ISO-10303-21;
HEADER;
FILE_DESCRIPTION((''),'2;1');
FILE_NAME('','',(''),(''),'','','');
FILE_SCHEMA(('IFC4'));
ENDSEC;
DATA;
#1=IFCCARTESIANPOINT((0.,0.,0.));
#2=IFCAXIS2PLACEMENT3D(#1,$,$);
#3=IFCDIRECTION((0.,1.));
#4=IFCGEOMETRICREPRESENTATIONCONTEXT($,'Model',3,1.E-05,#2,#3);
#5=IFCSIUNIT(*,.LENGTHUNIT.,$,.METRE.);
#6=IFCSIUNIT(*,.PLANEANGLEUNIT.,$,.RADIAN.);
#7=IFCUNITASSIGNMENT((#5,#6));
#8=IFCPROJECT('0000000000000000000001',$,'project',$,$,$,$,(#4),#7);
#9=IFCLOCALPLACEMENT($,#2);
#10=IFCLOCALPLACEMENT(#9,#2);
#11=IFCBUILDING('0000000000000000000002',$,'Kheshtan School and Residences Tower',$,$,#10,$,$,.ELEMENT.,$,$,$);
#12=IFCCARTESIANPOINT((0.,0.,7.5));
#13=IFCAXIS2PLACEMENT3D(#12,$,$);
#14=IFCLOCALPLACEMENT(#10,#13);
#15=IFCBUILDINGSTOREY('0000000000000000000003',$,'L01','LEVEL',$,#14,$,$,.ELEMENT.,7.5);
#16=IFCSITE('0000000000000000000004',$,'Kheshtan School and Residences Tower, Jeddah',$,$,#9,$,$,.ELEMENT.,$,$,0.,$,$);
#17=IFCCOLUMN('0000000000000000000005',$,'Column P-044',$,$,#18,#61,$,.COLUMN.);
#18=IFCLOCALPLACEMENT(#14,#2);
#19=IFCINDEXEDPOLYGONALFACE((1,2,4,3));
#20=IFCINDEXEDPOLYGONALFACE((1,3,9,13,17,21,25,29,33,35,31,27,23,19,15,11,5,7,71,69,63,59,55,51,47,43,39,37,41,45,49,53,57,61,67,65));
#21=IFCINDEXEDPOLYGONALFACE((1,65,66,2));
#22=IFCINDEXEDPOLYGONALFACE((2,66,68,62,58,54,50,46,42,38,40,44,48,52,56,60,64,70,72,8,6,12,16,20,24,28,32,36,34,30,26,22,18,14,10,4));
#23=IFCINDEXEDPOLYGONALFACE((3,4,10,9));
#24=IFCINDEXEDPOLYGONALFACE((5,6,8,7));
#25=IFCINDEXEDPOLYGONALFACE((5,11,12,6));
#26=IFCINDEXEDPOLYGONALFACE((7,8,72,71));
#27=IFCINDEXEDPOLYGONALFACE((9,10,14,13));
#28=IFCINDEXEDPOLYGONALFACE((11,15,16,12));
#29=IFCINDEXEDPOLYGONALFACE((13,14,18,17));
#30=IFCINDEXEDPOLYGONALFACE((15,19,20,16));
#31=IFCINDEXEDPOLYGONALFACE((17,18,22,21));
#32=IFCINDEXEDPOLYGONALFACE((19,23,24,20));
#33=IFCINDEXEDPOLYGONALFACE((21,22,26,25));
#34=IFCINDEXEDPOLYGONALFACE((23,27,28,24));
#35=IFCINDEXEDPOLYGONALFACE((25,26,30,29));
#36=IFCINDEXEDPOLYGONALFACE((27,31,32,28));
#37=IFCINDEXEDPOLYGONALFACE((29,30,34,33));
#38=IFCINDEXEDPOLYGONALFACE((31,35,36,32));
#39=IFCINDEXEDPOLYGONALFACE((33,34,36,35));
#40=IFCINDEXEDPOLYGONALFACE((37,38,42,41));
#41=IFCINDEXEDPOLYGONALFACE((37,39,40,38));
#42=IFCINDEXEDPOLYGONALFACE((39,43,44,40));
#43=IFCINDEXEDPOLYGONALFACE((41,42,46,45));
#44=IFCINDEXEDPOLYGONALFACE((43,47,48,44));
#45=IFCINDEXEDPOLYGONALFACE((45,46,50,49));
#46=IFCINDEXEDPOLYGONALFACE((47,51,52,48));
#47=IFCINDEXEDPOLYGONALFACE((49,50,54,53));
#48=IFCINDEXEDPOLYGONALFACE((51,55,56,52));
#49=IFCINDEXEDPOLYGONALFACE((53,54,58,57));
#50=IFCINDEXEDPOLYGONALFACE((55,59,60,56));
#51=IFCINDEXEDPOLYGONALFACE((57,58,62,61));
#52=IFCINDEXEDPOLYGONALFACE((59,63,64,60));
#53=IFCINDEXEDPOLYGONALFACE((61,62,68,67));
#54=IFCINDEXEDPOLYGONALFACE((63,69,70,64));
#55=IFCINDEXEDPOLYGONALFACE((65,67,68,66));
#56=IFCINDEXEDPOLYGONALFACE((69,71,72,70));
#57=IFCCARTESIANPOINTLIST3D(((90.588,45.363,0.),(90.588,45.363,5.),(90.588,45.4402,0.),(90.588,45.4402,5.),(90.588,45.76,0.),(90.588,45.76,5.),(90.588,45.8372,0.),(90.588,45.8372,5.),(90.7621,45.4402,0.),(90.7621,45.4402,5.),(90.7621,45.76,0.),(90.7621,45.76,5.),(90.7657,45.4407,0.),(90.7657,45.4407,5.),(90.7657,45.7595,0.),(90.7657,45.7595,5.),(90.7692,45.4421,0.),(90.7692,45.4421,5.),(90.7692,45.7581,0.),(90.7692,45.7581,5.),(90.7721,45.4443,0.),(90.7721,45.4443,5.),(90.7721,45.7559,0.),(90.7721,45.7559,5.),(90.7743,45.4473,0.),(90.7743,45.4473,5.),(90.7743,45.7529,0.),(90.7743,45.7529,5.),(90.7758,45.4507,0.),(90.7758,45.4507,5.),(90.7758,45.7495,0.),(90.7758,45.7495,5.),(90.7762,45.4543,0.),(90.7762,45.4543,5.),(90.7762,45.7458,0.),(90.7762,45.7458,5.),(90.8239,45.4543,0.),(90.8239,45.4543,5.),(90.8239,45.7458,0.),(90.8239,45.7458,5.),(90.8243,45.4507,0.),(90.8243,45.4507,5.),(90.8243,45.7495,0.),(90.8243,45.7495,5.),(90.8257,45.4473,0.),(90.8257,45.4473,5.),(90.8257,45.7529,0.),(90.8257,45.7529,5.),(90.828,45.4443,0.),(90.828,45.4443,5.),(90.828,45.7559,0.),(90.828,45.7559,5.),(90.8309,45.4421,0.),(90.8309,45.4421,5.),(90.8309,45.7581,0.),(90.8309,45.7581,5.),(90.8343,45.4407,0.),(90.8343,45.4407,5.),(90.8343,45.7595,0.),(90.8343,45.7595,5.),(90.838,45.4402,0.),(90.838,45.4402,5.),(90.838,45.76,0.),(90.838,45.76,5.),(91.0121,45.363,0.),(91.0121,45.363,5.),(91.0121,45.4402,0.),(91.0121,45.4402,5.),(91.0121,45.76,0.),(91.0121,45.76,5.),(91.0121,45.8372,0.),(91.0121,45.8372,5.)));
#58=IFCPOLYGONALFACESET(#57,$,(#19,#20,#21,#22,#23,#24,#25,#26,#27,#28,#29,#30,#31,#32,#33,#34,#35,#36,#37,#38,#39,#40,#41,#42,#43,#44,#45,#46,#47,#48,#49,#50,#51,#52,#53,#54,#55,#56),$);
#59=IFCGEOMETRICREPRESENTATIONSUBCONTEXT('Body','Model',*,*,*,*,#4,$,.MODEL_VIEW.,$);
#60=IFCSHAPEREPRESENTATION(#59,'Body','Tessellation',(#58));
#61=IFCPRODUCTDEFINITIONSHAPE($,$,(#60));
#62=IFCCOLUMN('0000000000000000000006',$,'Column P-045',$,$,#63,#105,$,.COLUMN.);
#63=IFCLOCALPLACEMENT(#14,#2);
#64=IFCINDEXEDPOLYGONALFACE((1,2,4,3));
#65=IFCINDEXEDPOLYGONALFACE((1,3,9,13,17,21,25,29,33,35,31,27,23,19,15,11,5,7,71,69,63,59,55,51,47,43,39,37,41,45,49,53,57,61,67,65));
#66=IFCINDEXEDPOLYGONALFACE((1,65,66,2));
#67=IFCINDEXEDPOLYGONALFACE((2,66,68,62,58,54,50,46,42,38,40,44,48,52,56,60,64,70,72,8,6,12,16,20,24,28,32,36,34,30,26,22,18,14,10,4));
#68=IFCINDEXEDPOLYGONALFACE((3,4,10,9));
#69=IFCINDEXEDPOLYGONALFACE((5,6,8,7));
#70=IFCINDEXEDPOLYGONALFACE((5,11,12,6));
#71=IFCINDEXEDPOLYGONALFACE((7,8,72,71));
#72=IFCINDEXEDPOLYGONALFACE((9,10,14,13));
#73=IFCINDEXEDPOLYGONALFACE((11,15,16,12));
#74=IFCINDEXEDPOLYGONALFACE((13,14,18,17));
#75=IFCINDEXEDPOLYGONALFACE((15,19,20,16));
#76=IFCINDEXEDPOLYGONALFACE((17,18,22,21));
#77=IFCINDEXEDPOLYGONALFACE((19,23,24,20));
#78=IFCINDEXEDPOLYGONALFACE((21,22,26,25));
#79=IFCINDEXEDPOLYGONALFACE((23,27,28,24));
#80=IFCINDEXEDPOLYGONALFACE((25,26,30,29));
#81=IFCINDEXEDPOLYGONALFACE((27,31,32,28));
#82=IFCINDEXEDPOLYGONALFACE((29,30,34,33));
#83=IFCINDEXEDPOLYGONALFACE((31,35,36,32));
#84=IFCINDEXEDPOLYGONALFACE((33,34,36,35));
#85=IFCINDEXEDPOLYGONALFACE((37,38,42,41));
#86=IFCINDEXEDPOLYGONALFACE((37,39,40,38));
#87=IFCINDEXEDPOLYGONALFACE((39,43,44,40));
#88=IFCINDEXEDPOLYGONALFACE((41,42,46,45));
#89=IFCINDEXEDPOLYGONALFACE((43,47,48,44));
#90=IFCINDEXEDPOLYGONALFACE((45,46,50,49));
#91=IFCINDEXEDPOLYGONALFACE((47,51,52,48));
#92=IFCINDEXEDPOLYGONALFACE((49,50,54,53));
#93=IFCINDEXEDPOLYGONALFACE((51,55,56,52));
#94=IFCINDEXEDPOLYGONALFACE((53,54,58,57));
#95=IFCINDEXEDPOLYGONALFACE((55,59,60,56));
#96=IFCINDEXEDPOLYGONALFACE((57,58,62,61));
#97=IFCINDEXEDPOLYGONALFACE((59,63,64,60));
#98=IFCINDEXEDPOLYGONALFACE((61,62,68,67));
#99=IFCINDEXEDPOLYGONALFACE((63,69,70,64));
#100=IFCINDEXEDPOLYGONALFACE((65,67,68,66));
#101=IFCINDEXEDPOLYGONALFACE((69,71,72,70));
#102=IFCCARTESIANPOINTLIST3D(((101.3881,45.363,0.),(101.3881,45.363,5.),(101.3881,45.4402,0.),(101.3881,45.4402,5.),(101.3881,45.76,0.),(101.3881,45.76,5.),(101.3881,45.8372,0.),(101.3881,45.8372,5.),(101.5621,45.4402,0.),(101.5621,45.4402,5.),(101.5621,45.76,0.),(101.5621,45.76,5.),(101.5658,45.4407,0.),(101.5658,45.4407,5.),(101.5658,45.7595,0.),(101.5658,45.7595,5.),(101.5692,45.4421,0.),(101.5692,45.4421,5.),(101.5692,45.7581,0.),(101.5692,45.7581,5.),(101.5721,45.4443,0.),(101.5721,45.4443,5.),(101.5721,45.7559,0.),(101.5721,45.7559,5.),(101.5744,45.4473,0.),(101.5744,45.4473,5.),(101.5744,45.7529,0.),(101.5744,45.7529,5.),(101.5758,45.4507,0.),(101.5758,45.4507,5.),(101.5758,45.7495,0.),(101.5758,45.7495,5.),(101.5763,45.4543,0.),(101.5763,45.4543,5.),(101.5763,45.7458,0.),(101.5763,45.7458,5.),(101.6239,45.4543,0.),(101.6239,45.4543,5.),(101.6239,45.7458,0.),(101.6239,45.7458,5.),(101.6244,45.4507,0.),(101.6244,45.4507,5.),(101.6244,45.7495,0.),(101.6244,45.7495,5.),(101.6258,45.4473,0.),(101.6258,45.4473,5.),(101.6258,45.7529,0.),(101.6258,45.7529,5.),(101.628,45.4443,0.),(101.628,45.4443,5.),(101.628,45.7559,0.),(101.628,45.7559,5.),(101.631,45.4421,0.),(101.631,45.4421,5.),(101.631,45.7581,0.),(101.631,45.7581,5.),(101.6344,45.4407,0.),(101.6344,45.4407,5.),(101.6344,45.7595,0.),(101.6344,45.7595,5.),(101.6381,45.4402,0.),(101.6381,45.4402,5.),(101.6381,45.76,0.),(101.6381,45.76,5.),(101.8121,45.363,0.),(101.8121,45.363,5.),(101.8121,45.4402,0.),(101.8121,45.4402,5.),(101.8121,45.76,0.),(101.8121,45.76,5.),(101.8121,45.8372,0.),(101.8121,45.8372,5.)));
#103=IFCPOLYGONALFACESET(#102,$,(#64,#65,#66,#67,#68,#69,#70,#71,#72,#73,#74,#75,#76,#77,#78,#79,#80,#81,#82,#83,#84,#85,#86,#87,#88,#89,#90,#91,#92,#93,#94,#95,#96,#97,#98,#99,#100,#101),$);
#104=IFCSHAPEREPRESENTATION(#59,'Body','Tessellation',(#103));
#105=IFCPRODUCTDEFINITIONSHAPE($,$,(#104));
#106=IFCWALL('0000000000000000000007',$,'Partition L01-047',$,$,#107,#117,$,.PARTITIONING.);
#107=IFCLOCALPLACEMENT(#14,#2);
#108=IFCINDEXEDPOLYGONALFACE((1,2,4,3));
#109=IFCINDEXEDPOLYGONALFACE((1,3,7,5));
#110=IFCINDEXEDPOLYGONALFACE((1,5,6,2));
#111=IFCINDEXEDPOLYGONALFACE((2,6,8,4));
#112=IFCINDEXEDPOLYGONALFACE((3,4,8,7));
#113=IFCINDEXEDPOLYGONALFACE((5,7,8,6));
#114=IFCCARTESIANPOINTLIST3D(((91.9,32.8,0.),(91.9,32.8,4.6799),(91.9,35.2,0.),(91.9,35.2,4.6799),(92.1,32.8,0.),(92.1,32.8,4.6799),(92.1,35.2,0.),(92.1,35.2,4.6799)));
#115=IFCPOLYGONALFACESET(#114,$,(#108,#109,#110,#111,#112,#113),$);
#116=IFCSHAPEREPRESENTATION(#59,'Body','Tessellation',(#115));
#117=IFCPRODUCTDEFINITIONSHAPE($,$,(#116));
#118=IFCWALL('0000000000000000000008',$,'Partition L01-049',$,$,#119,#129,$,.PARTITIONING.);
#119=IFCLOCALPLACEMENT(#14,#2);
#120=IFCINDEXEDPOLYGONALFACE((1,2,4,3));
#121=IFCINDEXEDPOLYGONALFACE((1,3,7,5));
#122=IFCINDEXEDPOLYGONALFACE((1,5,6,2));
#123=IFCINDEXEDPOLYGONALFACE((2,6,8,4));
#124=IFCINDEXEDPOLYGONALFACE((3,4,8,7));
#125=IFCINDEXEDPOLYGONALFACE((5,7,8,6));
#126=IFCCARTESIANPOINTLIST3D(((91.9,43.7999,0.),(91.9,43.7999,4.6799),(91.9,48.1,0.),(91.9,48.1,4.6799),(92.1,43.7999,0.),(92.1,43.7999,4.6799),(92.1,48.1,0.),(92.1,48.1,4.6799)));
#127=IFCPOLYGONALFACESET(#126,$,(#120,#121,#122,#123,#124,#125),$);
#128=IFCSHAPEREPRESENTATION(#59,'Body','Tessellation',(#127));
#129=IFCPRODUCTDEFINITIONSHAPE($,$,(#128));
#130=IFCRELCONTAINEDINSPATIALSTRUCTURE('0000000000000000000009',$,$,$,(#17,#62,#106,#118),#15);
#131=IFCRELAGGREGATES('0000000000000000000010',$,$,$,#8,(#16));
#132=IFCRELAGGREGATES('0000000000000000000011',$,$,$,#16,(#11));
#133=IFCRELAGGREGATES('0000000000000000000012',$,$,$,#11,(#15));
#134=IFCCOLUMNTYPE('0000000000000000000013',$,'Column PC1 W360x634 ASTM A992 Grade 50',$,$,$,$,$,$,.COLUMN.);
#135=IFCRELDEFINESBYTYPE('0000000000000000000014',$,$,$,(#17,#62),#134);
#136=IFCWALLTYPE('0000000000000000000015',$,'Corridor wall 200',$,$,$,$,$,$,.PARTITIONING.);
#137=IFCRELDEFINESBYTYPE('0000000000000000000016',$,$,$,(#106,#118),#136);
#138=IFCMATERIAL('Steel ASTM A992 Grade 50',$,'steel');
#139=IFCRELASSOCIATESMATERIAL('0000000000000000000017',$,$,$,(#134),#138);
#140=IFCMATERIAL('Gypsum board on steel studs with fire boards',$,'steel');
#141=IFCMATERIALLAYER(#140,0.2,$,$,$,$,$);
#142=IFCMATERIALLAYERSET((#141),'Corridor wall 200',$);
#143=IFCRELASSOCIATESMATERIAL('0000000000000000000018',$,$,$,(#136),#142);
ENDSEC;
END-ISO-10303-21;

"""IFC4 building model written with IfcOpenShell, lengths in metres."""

from ifc_helpers import new_model, si_unit, direction, frame, frame_2d, origin, origin_2d, place, context, subcontext, project, spatial, rectangle, i_section, extrude, material, layer, layer_set, material_profile, profile_set, type_object, element, save


model = new_model("IFC4")

# Units and contexts
model_context = context("Model", 3, precision=1e-05, world=origin(), true_north=direction((0.0, 1.0)))
body_context = subcontext(model_context, "Body", "Model", "MODEL_VIEW")
ifc_project = project(units=[si_unit("LENGTHUNIT", "METRE"), si_unit("PLANEANGLEUNIT", "RADIAN")], contexts=[model_context])

# Site, building, storey
site_placement = place(None, origin())
site = spatial("IfcSite", under=ifc_project, at=site_placement, Name="Kheshtan School and Residences Tower, Jeddah", CompositionType="ELEMENT", RefElevation=0.0)
building_placement = place(site_placement, origin())
building = spatial("IfcBuilding", under=site, at=building_placement, Name="Kheshtan School and Residences Tower", CompositionType="ELEMENT")
storey_placement = place(building_placement, frame((0.0, 0.0, 7.5)))
storey = spatial("IfcBuildingStorey", under=building, at=storey_placement, Name="L01", Description="LEVEL", CompositionType="ELEMENT", Elevation=7.5)

# Columns
ifc_material_1 = material(Name="Steel ASTM A992 Grade 50", Category="steel")
ifc_material_profile = material_profile(ifc_material_1, i_section(OverallWidth=0.4241, OverallDepth=0.4741, WebThickness=0.0476, FlangeThickness=0.0771, FilletRadius=0.0142, at=origin_2d()), Name="W360x634")
ifc_profile_set = profile_set([ifc_material_profile], Name="Steel ASTM A992 Grade 50")
column_type = type_object("IfcColumnType", Name="Column PC1 W360x634 ASTM A992 Grade 50", PredefinedType="COLUMN", material=ifc_profile_set)
for number, where, z_axis, x_axis, name in (
    (1, (90.8, 45.6001, 0.0), (0.0, 0.0, 1.0), (1.0, 0.0, 0.0), "Column P-044"),
    (2, (101.6001, 45.6001, 0.0), (0.0, 0.0, 1.0), (1.0, 0.0, 0.0), "Column P-045"),
):
    element("IfcColumn", number, at=place(storey_placement, frame(where, z_axis=z_axis, x_axis=x_axis)), inside=storey, type_object=column_type, Name=name, PredefinedType="COLUMN", context=body_context, shape_type="SweptSolid", body=[
        extrude(i_section(OverallWidth=0.4241, OverallDepth=0.4741, WebThickness=0.0476, FlangeThickness=0.0771, FilletRadius=0.0142, at=origin_2d()), origin(), (0.0, 0.0, 1.0), 5.0),
    ])

# Walls
ifc_material_2 = material(Name="Gypsum board on steel studs with fire boards", Category="steel")
ifc_layer_1 = layer(ifc_material_2, 0.2)
ifc_layer_set_1 = layer_set([ifc_layer_1], Name="Corridor wall 200")
wall_type_1 = type_object("IfcWallType", Name="Corridor wall 200", PredefinedType="PARTITIONING", material=ifc_layer_set_1)
wall_1_placement = place(storey_placement, frame((92.0, 32.8, 0.0), z_axis=(0.0, 0.0, 1.0), x_axis=(0.0, 1.0, 0.0)))
element("IfcWall", 3, at=wall_1_placement, inside=storey, type_object=wall_type_1, Name="Partition L01-047", PredefinedType="PARTITIONING", context=body_context, shape_type="SweptSolid", body=[
    extrude(rectangle(XDim=2.3999, YDim=0.2, at=frame_2d((1.2, 0.0))), origin(), (0.0, 0.0, 1.0), 4.6799),
])
wall_2_placement = place(storey_placement, frame((92.0, 43.8, 0.0), z_axis=(0.0, 0.0, 1.0), x_axis=(0.0, 1.0, 0.0)))
element("IfcWall", 4, at=wall_2_placement, inside=storey, type_object=wall_type_1, Name="Partition L01-049", PredefinedType="PARTITIONING", context=body_context, shape_type="SweptSolid", body=[
    extrude(rectangle(XDim=4.3, YDim=0.2, at=frame_2d((2.1499, 0.0))), origin(), (0.0, 0.0, 1.0), 4.6799),
])

save(model, "model.ifc")
